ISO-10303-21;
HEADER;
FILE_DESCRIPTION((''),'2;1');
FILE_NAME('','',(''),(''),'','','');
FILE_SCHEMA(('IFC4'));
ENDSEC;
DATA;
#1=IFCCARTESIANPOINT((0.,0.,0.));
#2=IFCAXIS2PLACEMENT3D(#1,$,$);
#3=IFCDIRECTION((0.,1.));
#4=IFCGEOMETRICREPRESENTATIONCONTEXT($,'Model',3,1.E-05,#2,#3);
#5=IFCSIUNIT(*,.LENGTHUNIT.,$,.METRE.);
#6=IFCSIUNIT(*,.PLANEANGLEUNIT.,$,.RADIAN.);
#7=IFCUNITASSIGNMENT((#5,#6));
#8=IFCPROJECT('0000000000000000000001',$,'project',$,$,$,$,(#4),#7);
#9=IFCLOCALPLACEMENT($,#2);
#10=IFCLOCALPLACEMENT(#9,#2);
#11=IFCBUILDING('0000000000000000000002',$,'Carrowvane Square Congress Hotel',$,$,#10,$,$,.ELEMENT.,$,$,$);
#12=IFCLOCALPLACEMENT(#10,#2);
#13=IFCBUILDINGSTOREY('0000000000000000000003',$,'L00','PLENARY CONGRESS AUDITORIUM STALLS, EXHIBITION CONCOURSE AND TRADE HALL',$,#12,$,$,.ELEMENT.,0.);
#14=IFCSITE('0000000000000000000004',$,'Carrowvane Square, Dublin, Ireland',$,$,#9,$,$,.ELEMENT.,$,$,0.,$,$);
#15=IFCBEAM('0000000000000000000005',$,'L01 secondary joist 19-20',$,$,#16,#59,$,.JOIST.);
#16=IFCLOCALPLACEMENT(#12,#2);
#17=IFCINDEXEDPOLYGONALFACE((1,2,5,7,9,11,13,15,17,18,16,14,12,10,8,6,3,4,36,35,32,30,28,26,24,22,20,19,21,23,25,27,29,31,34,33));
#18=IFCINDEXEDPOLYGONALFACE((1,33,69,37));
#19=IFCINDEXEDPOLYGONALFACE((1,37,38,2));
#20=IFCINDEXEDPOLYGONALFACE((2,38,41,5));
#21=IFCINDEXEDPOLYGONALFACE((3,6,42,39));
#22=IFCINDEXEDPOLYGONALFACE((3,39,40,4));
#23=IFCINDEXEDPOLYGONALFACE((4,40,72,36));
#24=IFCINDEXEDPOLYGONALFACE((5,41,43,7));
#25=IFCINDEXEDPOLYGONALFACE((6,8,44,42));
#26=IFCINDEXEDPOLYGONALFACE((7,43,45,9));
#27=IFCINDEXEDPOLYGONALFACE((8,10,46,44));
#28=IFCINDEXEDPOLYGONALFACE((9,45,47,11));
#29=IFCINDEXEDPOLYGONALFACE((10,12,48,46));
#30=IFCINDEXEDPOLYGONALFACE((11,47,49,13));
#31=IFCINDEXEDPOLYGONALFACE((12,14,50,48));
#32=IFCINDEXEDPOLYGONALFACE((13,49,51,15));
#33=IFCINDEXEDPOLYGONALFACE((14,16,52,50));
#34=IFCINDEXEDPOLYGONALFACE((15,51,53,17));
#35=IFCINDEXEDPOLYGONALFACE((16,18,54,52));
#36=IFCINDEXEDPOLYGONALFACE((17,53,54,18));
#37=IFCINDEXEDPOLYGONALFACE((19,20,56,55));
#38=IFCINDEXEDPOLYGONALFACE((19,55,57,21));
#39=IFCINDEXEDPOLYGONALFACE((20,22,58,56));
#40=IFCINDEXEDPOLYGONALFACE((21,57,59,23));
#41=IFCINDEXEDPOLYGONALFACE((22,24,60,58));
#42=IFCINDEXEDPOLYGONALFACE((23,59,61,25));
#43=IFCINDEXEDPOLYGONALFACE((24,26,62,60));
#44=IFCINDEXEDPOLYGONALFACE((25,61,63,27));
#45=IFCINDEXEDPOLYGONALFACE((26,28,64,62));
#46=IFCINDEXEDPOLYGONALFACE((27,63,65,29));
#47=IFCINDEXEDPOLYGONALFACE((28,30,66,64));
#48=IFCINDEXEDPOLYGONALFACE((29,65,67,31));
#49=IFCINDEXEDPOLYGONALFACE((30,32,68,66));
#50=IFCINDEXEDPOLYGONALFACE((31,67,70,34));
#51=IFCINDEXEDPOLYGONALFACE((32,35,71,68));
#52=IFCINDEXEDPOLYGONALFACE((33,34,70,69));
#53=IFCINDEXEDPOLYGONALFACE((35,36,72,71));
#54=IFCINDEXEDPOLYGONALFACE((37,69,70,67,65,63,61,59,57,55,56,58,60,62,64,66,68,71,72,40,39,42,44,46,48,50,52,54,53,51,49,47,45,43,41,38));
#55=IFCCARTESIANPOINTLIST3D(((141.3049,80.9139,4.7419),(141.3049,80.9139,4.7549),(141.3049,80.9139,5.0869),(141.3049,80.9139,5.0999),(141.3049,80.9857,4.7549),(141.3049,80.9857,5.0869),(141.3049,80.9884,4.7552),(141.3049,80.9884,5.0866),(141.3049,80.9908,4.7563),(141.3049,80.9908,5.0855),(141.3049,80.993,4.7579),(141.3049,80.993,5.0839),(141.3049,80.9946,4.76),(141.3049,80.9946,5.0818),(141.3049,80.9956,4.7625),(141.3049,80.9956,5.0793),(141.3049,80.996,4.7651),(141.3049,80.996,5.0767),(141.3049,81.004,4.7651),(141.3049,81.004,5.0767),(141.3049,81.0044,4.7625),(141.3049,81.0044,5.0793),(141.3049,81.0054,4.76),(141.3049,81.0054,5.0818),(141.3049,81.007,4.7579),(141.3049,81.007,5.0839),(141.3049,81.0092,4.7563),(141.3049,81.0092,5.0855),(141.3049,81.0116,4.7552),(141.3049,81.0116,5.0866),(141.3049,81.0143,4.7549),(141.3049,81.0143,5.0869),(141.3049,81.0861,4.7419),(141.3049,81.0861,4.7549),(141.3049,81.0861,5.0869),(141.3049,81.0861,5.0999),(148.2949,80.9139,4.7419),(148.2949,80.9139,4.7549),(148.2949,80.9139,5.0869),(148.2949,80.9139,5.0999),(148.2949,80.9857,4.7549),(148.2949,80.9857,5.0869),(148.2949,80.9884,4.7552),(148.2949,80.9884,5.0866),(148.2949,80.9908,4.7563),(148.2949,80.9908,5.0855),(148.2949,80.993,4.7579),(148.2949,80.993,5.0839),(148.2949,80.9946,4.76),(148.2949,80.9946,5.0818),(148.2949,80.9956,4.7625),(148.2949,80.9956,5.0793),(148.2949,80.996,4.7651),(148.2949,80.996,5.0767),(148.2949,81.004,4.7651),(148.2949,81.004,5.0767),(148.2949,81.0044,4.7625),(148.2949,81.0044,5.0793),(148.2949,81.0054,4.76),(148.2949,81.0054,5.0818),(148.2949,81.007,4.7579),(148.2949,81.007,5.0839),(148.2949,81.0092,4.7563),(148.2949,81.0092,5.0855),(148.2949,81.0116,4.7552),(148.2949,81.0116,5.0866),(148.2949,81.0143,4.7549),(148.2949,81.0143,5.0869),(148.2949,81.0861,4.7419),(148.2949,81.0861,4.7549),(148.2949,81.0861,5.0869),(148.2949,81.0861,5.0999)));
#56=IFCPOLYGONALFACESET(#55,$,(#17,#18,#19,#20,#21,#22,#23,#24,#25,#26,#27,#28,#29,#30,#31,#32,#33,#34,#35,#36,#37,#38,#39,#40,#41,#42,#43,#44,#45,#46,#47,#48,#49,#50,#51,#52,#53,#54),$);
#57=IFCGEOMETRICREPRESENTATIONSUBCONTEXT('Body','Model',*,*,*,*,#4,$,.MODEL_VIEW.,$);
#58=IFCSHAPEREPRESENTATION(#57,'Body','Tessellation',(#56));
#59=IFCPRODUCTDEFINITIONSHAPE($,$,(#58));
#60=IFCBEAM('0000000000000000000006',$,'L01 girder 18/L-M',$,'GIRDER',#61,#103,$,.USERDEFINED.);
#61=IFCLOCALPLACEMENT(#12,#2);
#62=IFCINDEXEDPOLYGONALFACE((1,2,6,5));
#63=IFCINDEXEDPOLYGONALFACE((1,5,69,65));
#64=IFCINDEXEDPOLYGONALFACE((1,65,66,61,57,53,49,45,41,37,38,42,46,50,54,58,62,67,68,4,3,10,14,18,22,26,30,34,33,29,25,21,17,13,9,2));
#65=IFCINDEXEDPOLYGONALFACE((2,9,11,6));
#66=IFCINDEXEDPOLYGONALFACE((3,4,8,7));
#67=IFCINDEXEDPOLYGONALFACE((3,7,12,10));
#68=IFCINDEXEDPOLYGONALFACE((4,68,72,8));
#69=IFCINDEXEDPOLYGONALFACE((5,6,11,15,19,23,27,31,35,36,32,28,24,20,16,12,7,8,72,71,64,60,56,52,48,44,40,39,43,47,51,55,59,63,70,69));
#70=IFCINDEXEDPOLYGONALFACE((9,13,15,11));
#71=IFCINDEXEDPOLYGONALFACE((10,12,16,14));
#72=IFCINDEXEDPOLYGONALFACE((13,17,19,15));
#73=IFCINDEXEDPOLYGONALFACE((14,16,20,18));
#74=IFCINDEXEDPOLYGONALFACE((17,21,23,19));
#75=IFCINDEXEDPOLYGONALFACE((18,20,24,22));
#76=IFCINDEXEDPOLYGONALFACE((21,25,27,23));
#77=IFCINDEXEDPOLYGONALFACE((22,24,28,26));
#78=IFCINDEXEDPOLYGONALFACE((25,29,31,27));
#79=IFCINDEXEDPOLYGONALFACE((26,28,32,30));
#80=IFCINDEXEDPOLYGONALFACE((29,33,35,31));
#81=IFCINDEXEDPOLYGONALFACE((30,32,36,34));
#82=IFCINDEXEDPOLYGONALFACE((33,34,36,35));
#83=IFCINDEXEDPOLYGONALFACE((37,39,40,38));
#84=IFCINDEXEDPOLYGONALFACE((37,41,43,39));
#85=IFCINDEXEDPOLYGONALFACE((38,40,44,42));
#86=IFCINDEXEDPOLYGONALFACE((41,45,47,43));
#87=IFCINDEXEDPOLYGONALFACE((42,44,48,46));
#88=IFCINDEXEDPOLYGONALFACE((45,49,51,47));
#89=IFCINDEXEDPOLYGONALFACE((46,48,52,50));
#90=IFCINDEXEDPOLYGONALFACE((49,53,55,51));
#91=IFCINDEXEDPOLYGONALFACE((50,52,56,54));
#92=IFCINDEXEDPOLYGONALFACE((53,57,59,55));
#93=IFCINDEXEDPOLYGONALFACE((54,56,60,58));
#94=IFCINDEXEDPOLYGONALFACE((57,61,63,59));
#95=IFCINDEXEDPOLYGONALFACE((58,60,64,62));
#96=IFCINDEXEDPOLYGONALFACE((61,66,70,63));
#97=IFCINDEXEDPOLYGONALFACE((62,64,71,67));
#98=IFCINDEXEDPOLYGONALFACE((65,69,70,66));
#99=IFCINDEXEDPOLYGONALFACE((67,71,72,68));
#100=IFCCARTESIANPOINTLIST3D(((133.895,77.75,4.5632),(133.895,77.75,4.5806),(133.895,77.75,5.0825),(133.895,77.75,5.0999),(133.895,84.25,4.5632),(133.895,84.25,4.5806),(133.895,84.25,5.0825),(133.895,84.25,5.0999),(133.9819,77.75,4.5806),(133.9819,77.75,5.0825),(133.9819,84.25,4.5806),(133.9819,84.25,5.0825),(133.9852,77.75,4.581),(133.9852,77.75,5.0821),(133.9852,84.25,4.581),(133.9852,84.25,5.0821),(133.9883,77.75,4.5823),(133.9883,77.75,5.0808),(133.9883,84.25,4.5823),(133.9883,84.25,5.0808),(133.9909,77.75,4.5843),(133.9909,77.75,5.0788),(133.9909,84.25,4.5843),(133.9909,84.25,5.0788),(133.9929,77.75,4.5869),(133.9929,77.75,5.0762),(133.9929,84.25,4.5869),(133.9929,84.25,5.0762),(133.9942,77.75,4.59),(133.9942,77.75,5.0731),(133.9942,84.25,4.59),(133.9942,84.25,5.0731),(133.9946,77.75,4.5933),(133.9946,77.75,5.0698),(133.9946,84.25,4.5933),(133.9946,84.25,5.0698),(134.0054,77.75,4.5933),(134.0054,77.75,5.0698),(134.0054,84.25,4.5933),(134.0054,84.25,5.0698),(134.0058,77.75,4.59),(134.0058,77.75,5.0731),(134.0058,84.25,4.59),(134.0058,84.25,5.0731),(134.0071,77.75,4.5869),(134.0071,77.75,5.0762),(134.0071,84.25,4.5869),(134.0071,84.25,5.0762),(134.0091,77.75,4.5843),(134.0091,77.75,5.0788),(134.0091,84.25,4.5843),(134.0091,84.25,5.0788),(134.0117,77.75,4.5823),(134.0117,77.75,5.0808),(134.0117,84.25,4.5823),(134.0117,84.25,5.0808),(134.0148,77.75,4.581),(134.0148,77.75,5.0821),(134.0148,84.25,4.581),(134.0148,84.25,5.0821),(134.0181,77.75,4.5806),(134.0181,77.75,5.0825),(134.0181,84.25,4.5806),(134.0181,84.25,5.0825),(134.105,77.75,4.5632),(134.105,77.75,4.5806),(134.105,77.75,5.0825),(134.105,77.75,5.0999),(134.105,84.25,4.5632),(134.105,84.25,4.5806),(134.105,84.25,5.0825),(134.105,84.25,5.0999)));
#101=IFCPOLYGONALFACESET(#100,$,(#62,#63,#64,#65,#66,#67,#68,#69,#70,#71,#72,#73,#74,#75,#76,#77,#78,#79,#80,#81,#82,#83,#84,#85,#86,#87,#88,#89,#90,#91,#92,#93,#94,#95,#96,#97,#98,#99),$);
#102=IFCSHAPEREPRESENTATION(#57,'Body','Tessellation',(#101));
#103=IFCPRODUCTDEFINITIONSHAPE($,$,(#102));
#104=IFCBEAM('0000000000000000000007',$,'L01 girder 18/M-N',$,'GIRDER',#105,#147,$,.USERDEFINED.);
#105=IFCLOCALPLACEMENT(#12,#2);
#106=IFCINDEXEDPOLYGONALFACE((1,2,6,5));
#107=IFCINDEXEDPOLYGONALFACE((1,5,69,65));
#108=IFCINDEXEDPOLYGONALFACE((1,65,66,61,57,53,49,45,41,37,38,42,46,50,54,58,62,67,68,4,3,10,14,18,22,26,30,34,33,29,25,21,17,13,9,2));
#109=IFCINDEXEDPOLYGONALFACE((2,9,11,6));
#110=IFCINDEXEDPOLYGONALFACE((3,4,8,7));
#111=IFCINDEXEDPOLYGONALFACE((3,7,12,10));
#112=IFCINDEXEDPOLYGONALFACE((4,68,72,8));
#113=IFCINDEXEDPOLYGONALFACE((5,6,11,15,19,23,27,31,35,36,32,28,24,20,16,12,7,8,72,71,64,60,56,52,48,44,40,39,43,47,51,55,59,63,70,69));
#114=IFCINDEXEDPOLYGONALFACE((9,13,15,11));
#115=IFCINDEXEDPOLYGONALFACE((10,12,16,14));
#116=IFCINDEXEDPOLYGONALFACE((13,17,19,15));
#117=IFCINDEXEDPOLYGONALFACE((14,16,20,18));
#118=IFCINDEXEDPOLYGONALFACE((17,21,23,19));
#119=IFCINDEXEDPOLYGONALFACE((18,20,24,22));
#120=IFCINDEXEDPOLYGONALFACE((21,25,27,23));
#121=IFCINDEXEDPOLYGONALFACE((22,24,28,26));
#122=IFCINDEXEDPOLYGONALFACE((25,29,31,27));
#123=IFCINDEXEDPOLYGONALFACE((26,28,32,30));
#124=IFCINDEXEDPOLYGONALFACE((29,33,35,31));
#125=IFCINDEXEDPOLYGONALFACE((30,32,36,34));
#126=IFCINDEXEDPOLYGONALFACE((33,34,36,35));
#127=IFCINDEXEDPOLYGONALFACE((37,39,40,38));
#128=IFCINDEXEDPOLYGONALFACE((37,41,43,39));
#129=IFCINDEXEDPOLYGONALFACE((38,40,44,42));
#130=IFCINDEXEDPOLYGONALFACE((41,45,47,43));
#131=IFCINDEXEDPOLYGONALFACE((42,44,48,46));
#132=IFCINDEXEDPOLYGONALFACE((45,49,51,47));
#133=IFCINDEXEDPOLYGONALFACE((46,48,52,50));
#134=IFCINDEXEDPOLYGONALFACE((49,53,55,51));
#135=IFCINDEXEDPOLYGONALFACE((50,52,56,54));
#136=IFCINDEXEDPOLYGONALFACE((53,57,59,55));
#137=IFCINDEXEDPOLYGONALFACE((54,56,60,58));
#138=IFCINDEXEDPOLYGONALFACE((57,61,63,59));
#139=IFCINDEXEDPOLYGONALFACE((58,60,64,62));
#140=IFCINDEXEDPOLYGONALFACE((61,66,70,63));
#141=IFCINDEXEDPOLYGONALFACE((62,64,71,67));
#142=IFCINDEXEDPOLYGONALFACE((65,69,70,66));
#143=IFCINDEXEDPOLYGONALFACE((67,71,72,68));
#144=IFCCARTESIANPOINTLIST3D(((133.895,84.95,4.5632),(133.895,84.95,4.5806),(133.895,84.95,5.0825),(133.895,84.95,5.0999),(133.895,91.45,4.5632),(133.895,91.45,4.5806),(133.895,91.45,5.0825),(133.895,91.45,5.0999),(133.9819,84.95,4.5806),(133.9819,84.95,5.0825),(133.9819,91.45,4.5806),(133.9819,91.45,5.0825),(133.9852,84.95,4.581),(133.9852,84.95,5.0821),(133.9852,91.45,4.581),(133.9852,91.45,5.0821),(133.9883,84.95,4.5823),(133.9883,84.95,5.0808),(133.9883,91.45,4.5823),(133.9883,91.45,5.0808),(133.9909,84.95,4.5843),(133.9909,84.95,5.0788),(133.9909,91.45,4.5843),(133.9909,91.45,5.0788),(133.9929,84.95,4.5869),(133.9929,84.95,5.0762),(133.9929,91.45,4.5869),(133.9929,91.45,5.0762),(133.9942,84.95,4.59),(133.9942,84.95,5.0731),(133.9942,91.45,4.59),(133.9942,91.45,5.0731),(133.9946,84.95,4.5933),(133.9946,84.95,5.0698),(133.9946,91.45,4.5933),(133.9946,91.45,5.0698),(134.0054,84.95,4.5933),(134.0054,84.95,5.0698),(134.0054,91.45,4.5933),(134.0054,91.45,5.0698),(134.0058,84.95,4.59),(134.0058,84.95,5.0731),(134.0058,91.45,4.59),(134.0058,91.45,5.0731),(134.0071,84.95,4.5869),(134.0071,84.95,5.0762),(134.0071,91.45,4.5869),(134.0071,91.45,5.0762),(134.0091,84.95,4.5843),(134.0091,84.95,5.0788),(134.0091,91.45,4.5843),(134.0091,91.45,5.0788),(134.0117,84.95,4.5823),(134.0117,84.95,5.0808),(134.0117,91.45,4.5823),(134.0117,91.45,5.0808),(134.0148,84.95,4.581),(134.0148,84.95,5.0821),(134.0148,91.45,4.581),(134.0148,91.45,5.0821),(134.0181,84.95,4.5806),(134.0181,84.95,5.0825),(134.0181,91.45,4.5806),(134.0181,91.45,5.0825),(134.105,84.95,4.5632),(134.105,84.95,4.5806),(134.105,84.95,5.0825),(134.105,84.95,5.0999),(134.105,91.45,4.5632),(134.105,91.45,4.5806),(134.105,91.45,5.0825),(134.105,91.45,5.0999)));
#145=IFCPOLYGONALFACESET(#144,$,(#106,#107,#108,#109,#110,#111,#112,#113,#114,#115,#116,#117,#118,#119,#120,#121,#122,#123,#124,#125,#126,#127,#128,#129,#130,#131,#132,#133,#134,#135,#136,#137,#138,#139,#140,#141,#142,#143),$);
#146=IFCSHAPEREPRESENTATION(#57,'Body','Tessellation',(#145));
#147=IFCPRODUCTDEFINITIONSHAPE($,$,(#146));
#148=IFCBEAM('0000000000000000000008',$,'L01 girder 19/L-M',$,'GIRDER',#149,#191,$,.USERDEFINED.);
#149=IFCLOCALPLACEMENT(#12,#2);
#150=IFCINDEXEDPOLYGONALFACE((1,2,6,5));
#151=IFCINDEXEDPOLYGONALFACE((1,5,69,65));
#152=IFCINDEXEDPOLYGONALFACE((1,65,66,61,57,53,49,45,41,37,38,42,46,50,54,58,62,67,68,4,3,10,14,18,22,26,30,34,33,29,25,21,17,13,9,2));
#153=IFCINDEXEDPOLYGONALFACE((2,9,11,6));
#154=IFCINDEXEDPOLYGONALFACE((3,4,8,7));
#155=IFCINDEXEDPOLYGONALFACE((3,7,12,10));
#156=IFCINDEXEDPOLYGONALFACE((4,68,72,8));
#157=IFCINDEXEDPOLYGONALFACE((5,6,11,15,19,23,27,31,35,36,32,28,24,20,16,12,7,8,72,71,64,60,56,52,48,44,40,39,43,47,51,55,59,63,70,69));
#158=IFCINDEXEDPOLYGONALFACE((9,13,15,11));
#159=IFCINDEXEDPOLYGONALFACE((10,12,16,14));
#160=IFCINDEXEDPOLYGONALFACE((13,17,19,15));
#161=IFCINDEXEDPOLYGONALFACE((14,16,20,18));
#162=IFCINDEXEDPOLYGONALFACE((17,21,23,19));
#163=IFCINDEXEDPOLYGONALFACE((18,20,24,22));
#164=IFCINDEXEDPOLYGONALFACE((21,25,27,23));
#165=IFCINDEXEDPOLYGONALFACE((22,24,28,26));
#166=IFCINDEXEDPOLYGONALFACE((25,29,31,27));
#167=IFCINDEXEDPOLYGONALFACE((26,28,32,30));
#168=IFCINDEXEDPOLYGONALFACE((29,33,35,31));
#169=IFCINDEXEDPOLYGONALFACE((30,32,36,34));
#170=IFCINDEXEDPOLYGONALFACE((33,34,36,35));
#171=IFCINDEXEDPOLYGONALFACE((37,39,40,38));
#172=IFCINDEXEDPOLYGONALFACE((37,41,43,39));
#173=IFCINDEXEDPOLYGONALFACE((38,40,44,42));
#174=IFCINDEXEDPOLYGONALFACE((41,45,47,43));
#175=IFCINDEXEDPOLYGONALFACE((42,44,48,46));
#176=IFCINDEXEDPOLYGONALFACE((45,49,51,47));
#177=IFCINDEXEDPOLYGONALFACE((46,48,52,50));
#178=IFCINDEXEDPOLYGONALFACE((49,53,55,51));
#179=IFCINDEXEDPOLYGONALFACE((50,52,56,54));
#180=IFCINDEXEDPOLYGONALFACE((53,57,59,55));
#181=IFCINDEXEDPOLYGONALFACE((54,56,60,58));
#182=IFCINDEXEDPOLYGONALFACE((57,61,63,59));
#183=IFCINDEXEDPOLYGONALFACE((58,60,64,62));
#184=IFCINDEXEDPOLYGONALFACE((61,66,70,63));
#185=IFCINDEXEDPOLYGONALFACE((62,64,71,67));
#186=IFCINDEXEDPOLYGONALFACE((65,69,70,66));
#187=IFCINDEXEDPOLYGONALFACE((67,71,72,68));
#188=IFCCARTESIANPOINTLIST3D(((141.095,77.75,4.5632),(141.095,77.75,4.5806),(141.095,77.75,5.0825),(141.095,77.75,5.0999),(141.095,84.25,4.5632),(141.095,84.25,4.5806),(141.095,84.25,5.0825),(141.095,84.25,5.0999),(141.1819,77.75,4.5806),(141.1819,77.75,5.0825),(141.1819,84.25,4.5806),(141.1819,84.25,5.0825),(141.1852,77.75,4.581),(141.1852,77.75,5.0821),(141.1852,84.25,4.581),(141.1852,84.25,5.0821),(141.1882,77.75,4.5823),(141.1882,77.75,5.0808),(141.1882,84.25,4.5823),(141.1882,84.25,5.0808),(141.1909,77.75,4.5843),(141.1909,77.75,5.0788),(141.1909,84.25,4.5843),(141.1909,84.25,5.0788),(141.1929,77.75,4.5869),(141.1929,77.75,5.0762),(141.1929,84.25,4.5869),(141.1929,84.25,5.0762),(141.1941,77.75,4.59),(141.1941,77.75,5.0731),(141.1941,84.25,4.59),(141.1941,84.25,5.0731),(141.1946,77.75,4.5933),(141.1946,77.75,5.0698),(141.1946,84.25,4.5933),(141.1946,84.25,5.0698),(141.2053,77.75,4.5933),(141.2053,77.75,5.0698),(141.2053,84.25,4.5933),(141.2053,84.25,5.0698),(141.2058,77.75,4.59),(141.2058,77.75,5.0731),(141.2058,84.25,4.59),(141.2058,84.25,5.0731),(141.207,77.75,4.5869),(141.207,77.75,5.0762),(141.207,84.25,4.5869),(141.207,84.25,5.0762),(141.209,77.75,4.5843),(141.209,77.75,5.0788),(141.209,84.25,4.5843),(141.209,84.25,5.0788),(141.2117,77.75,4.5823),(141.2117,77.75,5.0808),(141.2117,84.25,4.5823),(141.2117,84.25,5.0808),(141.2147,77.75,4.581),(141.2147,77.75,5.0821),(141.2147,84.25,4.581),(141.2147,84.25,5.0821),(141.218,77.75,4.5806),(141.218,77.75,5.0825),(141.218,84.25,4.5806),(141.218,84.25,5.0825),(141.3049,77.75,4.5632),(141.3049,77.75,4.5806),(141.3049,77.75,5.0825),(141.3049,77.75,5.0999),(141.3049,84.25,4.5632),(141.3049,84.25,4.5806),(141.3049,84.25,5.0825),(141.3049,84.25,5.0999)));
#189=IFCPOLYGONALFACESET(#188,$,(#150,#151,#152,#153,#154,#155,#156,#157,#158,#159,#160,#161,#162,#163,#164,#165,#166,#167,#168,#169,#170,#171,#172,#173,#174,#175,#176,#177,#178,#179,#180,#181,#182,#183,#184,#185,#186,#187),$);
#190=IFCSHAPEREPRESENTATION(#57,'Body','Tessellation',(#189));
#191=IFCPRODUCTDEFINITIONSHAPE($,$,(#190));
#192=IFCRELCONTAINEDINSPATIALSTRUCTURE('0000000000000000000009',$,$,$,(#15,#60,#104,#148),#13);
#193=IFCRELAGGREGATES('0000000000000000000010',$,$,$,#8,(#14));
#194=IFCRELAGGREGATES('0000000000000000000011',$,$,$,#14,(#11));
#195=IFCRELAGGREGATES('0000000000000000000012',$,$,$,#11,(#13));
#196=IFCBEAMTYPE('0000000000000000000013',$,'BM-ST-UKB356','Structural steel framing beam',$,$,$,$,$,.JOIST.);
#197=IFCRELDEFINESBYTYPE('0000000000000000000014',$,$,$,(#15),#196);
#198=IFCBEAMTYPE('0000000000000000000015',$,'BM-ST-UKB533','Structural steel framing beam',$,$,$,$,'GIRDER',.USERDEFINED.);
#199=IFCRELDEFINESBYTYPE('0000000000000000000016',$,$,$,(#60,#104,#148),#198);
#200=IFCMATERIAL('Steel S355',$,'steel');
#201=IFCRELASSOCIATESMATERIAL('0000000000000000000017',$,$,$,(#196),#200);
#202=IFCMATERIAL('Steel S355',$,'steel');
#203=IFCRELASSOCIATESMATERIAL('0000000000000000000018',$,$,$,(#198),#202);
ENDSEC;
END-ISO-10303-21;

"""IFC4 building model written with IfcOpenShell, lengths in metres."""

from ifc_helpers import new_model, si_unit, direction, frame, origin, origin_2d, place, context, subcontext, project, spatial, i_section, extrude, material, material_profile, profile_set, type_object, element, save


model = new_model("IFC4")

# Units and contexts
model_context = context("Model", 3, precision=1e-05, world=origin(), true_north=direction((0.0, 1.0)))
body_context = subcontext(model_context, "Body", "Model", "MODEL_VIEW")
ifc_project = project(units=[si_unit("LENGTHUNIT", "METRE"), si_unit("PLANEANGLEUNIT", "RADIAN")], contexts=[model_context])

# Site, building, storey
site_placement = place(None, origin())
site = spatial("IfcSite", under=ifc_project, at=site_placement, Name="Carrowvane Square, Dublin, Ireland", CompositionType="ELEMENT", RefElevation=0.0)
building_placement = place(site_placement, origin())
building = spatial("IfcBuilding", under=site, at=building_placement, Name="Carrowvane Square Congress Hotel", CompositionType="ELEMENT")
storey_placement = place(building_placement, origin())
storey = spatial("IfcBuildingStorey", under=building, at=storey_placement, Name="L00", Description="PLENARY CONGRESS AUDITORIUM STALLS, EXHIBITION CONCOURSE AND TRADE HALL", CompositionType="ELEMENT", Elevation=0.0)

# Beams
ifc_material_1 = material(Name="Steel S355", Category="steel")
ifc_material_profile_1 = material_profile(ifc_material_1, i_section(OverallWidth=0.1721, OverallDepth=0.3579, WebThickness=0.0081, FlangeThickness=0.0129, FilletRadius=0.0103, at=origin_2d()), Name="UKB 356x171x57")
ifc_profile_set_1 = profile_set([ifc_material_profile_1], Name="Steel S355")
beam_type_1 = type_object("IfcBeamType", Name="BM-ST-UKB356", Description="Structural steel framing beam", PredefinedType="JOIST", material=ifc_profile_set_1)
for number, where, z_axis, x_axis, name in (
    (1, (141.3049, 81.0, 4.9209), (1.0, 0.0, 0.0), (0.0, 1.0, 0.0), "L01 secondary joist 19-20"),
):
    element("IfcBeam", number, at=place(storey_placement, frame(where, z_axis=z_axis, x_axis=x_axis)), inside=storey, type_object=beam_type_1, Name=name, PredefinedType="JOIST", context=body_context, shape_type="SweptSolid", body=[
        extrude(i_section(OverallWidth=0.1721, OverallDepth=0.3579, WebThickness=0.0081, FlangeThickness=0.0129, FilletRadius=0.0103, at=origin_2d()), origin(), (0.0, 0.0, 1.0), 6.99),
    ])
ifc_material_2 = material(Name="Steel S355", Category="steel")
ifc_material_profile_2 = material_profile(ifc_material_2, i_section(OverallWidth=0.21, OverallDepth=0.5366, WebThickness=0.0107, FlangeThickness=0.0173, FilletRadius=0.0127, at=origin_2d()), Name="UKB 533x210x101")
ifc_profile_set_2 = profile_set([ifc_material_profile_2], Name="Steel S355")
beam_type_2 = type_object("IfcBeamType", Name="BM-ST-UKB533", Description="Structural steel framing beam", ElementType="GIRDER", PredefinedType="USERDEFINED", material=ifc_profile_set_2)
for number, where, z_axis, x_axis, name in (
    (2, (134.0, 77.75, 4.8315), (0.0, 1.0, 0.0), (-1.0, 0.0, 0.0), "L01 girder 18/L-M"),
    (3, (134.0, 84.95, 4.8315), (0.0, 1.0, 0.0), (-1.0, 0.0, 0.0), "L01 girder 18/M-N"),
    (4, (141.2, 77.75, 4.8315), (0.0, 1.0, 0.0), (-1.0, 0.0, 0.0), "L01 girder 19/L-M"),
):
    element("IfcBeam", number, at=place(storey_placement, frame(where, z_axis=z_axis, x_axis=x_axis)), inside=storey, type_object=beam_type_2, Name=name, ObjectType="GIRDER", PredefinedType="USERDEFINED", context=body_context, shape_type="SweptSolid", body=[
        extrude(i_section(OverallWidth=0.21, OverallDepth=0.5366, WebThickness=0.0107, FlangeThickness=0.0173, FilletRadius=0.0127, at=origin_2d()), origin(), (0.0, 0.0, 1.0), 6.5),
    ])

save(model, "model.ifc")
